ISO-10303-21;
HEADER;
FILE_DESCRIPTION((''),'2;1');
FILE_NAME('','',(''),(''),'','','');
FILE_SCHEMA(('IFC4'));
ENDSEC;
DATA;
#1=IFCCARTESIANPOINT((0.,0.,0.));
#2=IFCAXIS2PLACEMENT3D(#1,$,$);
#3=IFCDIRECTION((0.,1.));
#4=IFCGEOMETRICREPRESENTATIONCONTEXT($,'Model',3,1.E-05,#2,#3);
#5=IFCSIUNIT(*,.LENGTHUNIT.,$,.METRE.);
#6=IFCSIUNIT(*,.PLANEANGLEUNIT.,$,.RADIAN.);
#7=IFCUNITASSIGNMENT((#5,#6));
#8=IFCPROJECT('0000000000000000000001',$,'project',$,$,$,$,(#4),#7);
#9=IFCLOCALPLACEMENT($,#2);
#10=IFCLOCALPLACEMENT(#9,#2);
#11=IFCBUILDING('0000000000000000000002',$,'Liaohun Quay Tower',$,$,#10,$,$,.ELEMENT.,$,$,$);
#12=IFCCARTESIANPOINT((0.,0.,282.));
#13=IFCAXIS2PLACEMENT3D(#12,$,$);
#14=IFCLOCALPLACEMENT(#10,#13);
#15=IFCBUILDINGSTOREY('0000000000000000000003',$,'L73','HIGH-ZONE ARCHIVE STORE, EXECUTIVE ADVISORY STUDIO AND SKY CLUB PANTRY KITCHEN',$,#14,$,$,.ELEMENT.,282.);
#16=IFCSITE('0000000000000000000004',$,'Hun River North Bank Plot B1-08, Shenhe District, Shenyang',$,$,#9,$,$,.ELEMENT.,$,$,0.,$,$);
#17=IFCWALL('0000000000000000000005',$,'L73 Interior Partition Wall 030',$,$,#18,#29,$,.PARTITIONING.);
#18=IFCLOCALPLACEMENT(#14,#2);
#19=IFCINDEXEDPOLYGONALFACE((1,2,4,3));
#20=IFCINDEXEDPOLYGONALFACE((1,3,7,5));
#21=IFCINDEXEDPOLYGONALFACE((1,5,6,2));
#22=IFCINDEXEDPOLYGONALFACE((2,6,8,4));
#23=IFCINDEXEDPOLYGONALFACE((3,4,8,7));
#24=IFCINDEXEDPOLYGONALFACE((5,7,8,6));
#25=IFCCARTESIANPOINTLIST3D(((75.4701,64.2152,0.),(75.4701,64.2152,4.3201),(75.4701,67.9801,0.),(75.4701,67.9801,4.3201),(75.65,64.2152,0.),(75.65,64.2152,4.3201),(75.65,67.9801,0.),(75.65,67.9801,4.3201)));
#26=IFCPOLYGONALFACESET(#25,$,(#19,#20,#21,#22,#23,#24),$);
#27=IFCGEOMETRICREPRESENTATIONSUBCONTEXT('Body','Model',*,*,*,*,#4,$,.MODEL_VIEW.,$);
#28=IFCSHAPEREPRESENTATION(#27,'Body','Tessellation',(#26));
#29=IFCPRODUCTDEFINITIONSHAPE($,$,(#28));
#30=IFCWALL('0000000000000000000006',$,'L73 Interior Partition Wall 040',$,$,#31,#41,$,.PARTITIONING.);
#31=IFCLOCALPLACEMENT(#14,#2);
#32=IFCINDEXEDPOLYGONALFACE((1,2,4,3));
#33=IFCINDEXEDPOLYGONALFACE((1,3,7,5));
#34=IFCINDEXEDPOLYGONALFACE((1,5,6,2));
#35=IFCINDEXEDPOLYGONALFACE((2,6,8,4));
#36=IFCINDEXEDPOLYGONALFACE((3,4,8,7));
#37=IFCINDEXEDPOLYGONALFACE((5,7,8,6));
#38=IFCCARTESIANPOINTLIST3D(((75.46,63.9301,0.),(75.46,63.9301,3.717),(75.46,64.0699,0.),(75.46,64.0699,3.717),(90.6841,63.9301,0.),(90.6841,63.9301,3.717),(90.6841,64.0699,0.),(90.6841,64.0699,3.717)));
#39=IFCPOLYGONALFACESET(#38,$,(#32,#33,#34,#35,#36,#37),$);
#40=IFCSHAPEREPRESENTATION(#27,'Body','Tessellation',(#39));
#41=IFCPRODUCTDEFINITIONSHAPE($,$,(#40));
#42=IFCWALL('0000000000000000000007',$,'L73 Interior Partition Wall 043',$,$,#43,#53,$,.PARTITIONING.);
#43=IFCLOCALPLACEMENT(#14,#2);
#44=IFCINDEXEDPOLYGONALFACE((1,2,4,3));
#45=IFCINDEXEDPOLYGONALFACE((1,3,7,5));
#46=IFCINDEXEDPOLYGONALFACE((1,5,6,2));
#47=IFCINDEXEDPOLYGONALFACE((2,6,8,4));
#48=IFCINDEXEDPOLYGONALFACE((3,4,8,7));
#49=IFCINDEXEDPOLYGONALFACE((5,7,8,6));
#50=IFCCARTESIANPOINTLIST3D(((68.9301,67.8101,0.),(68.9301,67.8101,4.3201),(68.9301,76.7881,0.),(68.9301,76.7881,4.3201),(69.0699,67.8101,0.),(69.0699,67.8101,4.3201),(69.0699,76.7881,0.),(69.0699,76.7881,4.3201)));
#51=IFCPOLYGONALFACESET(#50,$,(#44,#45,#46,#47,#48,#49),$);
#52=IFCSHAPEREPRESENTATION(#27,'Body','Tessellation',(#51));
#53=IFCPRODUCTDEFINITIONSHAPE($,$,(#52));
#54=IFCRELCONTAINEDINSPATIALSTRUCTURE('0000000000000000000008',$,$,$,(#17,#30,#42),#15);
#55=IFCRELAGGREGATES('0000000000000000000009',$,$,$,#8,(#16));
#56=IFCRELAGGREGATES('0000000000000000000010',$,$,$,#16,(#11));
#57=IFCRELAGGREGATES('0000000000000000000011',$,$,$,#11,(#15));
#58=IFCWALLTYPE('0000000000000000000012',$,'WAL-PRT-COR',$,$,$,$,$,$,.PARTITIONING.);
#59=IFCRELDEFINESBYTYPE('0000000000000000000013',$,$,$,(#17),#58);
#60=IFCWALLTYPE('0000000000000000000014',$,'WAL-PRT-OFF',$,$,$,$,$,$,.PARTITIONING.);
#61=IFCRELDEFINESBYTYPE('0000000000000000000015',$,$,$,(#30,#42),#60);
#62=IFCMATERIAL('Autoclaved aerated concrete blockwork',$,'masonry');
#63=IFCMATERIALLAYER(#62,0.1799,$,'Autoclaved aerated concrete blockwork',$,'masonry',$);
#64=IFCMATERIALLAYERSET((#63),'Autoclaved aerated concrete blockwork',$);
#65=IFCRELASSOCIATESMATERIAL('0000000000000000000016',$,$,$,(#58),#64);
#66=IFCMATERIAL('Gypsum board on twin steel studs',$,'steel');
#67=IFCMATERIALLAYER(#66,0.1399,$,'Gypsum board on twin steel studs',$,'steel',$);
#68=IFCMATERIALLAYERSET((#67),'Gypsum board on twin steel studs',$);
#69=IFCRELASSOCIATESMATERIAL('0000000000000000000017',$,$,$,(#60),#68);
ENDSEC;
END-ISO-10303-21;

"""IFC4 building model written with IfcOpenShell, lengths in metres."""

from ifc_helpers import new_model, si_unit, direction, frame, frame_2d, origin, place, context, subcontext, project, spatial, rectangle, extrude, material, layer, layer_set, type_object, element, save


model = new_model("IFC4")

# Units and contexts
model_context = context("Model", 3, precision=1e-05, world=origin(), true_north=direction((0.0, 1.0)))
body_context = subcontext(model_context, "Body", "Model", "MODEL_VIEW")
ifc_project = project(units=[si_unit("LENGTHUNIT", "METRE"), si_unit("PLANEANGLEUNIT", "RADIAN")], contexts=[model_context])

# Site, building, storey
site_placement = place(None, origin())
site = spatial("IfcSite", under=ifc_project, at=site_placement, Name="Hun River North Bank Plot B1-08, Shenhe District, Shenyang", CompositionType="ELEMENT", RefElevation=0.0)
building_placement = place(site_placement, origin())
building = spatial("IfcBuilding", under=site, at=building_placement, Name="Liaohun Quay Tower", CompositionType="ELEMENT")
storey_placement = place(building_placement, frame((0.0, 0.0, 282.0)))
storey = spatial("IfcBuildingStorey", under=building, at=storey_placement, Name="L73", Description="HIGH-ZONE ARCHIVE STORE, EXECUTIVE ADVISORY STUDIO AND SKY CLUB PANTRY KITCHEN", CompositionType="ELEMENT", Elevation=282.0)

# Shared definitions
ifc_material_1 = material(Name="Autoclaved aerated concrete blockwork", Category="masonry")
ifc_layer_1 = layer(ifc_material_1, 0.1799, Name="Autoclaved aerated concrete blockwork", Category="masonry")
ifc_layer_set_1 = layer_set([ifc_layer_1], Name="Autoclaved aerated concrete blockwork")
wall_type_1 = type_object("IfcWallType", Name="WAL-PRT-COR", PredefinedType="PARTITIONING", material=ifc_layer_set_1)

# Walls
wall_1_placement = place(storey_placement, frame((75.5601, 67.98, 0.0), z_axis=(0.0, 0.0, 1.0), x_axis=(0.0, -1.0, 0.0)))
element("IfcWall", 1, at=wall_1_placement, inside=storey, type_object=wall_type_1, Name="L73 Interior Partition Wall 030", PredefinedType="PARTITIONING", context=body_context, shape_type="SweptSolid", body=[
    extrude(rectangle(XDim=3.7649, YDim=0.1799, at=frame_2d((1.8823, 0.0))), origin(), (0.0, 0.0, 1.0), 4.3201),
])
ifc_material_2 = material(Name="Gypsum board on twin steel studs", Category="steel")
ifc_layer_2 = layer(ifc_material_2, 0.1399, Name="Gypsum board on twin steel studs", Category="steel")
ifc_layer_set_2 = layer_set([ifc_layer_2], Name="Gypsum board on twin steel studs")
wall_type_2 = type_object("IfcWallType", Name="WAL-PRT-OFF", PredefinedType="PARTITIONING", material=ifc_layer_set_2)
wall_2_placement = place(storey_placement, frame((75.46, 64.0, 0.0), z_axis=(0.0, 0.0, 1.0), x_axis=(1.0, 0.0, 0.0)))
element("IfcWall", 2, at=wall_2_placement, inside=storey, type_object=wall_type_2, Name="L73 Interior Partition Wall 040", PredefinedType="PARTITIONING", context=body_context, shape_type="SweptSolid", body=[
    extrude(rectangle(XDim=15.2241, YDim=0.1399, at=frame_2d((7.6121, 0.0))), origin(), (0.0, 0.0, 1.0), 3.717),
])
wall_3_placement = place(storey_placement, frame((69.0, 67.8101, 0.0), z_axis=(0.0, 0.0, 1.0), x_axis=(0.0, 1.0, 0.0)))
element("IfcWall", 3, at=wall_3_placement, inside=storey, type_object=wall_type_2, Name="L73 Interior Partition Wall 043", PredefinedType="PARTITIONING", context=body_context, shape_type="SweptSolid", body=[
    extrude(rectangle(XDim=8.978, YDim=0.1399, at=frame_2d((4.489, 0.0))), origin(), (0.0, 0.0, 1.0), 4.3201),
])

save(model, "model.ifc")
